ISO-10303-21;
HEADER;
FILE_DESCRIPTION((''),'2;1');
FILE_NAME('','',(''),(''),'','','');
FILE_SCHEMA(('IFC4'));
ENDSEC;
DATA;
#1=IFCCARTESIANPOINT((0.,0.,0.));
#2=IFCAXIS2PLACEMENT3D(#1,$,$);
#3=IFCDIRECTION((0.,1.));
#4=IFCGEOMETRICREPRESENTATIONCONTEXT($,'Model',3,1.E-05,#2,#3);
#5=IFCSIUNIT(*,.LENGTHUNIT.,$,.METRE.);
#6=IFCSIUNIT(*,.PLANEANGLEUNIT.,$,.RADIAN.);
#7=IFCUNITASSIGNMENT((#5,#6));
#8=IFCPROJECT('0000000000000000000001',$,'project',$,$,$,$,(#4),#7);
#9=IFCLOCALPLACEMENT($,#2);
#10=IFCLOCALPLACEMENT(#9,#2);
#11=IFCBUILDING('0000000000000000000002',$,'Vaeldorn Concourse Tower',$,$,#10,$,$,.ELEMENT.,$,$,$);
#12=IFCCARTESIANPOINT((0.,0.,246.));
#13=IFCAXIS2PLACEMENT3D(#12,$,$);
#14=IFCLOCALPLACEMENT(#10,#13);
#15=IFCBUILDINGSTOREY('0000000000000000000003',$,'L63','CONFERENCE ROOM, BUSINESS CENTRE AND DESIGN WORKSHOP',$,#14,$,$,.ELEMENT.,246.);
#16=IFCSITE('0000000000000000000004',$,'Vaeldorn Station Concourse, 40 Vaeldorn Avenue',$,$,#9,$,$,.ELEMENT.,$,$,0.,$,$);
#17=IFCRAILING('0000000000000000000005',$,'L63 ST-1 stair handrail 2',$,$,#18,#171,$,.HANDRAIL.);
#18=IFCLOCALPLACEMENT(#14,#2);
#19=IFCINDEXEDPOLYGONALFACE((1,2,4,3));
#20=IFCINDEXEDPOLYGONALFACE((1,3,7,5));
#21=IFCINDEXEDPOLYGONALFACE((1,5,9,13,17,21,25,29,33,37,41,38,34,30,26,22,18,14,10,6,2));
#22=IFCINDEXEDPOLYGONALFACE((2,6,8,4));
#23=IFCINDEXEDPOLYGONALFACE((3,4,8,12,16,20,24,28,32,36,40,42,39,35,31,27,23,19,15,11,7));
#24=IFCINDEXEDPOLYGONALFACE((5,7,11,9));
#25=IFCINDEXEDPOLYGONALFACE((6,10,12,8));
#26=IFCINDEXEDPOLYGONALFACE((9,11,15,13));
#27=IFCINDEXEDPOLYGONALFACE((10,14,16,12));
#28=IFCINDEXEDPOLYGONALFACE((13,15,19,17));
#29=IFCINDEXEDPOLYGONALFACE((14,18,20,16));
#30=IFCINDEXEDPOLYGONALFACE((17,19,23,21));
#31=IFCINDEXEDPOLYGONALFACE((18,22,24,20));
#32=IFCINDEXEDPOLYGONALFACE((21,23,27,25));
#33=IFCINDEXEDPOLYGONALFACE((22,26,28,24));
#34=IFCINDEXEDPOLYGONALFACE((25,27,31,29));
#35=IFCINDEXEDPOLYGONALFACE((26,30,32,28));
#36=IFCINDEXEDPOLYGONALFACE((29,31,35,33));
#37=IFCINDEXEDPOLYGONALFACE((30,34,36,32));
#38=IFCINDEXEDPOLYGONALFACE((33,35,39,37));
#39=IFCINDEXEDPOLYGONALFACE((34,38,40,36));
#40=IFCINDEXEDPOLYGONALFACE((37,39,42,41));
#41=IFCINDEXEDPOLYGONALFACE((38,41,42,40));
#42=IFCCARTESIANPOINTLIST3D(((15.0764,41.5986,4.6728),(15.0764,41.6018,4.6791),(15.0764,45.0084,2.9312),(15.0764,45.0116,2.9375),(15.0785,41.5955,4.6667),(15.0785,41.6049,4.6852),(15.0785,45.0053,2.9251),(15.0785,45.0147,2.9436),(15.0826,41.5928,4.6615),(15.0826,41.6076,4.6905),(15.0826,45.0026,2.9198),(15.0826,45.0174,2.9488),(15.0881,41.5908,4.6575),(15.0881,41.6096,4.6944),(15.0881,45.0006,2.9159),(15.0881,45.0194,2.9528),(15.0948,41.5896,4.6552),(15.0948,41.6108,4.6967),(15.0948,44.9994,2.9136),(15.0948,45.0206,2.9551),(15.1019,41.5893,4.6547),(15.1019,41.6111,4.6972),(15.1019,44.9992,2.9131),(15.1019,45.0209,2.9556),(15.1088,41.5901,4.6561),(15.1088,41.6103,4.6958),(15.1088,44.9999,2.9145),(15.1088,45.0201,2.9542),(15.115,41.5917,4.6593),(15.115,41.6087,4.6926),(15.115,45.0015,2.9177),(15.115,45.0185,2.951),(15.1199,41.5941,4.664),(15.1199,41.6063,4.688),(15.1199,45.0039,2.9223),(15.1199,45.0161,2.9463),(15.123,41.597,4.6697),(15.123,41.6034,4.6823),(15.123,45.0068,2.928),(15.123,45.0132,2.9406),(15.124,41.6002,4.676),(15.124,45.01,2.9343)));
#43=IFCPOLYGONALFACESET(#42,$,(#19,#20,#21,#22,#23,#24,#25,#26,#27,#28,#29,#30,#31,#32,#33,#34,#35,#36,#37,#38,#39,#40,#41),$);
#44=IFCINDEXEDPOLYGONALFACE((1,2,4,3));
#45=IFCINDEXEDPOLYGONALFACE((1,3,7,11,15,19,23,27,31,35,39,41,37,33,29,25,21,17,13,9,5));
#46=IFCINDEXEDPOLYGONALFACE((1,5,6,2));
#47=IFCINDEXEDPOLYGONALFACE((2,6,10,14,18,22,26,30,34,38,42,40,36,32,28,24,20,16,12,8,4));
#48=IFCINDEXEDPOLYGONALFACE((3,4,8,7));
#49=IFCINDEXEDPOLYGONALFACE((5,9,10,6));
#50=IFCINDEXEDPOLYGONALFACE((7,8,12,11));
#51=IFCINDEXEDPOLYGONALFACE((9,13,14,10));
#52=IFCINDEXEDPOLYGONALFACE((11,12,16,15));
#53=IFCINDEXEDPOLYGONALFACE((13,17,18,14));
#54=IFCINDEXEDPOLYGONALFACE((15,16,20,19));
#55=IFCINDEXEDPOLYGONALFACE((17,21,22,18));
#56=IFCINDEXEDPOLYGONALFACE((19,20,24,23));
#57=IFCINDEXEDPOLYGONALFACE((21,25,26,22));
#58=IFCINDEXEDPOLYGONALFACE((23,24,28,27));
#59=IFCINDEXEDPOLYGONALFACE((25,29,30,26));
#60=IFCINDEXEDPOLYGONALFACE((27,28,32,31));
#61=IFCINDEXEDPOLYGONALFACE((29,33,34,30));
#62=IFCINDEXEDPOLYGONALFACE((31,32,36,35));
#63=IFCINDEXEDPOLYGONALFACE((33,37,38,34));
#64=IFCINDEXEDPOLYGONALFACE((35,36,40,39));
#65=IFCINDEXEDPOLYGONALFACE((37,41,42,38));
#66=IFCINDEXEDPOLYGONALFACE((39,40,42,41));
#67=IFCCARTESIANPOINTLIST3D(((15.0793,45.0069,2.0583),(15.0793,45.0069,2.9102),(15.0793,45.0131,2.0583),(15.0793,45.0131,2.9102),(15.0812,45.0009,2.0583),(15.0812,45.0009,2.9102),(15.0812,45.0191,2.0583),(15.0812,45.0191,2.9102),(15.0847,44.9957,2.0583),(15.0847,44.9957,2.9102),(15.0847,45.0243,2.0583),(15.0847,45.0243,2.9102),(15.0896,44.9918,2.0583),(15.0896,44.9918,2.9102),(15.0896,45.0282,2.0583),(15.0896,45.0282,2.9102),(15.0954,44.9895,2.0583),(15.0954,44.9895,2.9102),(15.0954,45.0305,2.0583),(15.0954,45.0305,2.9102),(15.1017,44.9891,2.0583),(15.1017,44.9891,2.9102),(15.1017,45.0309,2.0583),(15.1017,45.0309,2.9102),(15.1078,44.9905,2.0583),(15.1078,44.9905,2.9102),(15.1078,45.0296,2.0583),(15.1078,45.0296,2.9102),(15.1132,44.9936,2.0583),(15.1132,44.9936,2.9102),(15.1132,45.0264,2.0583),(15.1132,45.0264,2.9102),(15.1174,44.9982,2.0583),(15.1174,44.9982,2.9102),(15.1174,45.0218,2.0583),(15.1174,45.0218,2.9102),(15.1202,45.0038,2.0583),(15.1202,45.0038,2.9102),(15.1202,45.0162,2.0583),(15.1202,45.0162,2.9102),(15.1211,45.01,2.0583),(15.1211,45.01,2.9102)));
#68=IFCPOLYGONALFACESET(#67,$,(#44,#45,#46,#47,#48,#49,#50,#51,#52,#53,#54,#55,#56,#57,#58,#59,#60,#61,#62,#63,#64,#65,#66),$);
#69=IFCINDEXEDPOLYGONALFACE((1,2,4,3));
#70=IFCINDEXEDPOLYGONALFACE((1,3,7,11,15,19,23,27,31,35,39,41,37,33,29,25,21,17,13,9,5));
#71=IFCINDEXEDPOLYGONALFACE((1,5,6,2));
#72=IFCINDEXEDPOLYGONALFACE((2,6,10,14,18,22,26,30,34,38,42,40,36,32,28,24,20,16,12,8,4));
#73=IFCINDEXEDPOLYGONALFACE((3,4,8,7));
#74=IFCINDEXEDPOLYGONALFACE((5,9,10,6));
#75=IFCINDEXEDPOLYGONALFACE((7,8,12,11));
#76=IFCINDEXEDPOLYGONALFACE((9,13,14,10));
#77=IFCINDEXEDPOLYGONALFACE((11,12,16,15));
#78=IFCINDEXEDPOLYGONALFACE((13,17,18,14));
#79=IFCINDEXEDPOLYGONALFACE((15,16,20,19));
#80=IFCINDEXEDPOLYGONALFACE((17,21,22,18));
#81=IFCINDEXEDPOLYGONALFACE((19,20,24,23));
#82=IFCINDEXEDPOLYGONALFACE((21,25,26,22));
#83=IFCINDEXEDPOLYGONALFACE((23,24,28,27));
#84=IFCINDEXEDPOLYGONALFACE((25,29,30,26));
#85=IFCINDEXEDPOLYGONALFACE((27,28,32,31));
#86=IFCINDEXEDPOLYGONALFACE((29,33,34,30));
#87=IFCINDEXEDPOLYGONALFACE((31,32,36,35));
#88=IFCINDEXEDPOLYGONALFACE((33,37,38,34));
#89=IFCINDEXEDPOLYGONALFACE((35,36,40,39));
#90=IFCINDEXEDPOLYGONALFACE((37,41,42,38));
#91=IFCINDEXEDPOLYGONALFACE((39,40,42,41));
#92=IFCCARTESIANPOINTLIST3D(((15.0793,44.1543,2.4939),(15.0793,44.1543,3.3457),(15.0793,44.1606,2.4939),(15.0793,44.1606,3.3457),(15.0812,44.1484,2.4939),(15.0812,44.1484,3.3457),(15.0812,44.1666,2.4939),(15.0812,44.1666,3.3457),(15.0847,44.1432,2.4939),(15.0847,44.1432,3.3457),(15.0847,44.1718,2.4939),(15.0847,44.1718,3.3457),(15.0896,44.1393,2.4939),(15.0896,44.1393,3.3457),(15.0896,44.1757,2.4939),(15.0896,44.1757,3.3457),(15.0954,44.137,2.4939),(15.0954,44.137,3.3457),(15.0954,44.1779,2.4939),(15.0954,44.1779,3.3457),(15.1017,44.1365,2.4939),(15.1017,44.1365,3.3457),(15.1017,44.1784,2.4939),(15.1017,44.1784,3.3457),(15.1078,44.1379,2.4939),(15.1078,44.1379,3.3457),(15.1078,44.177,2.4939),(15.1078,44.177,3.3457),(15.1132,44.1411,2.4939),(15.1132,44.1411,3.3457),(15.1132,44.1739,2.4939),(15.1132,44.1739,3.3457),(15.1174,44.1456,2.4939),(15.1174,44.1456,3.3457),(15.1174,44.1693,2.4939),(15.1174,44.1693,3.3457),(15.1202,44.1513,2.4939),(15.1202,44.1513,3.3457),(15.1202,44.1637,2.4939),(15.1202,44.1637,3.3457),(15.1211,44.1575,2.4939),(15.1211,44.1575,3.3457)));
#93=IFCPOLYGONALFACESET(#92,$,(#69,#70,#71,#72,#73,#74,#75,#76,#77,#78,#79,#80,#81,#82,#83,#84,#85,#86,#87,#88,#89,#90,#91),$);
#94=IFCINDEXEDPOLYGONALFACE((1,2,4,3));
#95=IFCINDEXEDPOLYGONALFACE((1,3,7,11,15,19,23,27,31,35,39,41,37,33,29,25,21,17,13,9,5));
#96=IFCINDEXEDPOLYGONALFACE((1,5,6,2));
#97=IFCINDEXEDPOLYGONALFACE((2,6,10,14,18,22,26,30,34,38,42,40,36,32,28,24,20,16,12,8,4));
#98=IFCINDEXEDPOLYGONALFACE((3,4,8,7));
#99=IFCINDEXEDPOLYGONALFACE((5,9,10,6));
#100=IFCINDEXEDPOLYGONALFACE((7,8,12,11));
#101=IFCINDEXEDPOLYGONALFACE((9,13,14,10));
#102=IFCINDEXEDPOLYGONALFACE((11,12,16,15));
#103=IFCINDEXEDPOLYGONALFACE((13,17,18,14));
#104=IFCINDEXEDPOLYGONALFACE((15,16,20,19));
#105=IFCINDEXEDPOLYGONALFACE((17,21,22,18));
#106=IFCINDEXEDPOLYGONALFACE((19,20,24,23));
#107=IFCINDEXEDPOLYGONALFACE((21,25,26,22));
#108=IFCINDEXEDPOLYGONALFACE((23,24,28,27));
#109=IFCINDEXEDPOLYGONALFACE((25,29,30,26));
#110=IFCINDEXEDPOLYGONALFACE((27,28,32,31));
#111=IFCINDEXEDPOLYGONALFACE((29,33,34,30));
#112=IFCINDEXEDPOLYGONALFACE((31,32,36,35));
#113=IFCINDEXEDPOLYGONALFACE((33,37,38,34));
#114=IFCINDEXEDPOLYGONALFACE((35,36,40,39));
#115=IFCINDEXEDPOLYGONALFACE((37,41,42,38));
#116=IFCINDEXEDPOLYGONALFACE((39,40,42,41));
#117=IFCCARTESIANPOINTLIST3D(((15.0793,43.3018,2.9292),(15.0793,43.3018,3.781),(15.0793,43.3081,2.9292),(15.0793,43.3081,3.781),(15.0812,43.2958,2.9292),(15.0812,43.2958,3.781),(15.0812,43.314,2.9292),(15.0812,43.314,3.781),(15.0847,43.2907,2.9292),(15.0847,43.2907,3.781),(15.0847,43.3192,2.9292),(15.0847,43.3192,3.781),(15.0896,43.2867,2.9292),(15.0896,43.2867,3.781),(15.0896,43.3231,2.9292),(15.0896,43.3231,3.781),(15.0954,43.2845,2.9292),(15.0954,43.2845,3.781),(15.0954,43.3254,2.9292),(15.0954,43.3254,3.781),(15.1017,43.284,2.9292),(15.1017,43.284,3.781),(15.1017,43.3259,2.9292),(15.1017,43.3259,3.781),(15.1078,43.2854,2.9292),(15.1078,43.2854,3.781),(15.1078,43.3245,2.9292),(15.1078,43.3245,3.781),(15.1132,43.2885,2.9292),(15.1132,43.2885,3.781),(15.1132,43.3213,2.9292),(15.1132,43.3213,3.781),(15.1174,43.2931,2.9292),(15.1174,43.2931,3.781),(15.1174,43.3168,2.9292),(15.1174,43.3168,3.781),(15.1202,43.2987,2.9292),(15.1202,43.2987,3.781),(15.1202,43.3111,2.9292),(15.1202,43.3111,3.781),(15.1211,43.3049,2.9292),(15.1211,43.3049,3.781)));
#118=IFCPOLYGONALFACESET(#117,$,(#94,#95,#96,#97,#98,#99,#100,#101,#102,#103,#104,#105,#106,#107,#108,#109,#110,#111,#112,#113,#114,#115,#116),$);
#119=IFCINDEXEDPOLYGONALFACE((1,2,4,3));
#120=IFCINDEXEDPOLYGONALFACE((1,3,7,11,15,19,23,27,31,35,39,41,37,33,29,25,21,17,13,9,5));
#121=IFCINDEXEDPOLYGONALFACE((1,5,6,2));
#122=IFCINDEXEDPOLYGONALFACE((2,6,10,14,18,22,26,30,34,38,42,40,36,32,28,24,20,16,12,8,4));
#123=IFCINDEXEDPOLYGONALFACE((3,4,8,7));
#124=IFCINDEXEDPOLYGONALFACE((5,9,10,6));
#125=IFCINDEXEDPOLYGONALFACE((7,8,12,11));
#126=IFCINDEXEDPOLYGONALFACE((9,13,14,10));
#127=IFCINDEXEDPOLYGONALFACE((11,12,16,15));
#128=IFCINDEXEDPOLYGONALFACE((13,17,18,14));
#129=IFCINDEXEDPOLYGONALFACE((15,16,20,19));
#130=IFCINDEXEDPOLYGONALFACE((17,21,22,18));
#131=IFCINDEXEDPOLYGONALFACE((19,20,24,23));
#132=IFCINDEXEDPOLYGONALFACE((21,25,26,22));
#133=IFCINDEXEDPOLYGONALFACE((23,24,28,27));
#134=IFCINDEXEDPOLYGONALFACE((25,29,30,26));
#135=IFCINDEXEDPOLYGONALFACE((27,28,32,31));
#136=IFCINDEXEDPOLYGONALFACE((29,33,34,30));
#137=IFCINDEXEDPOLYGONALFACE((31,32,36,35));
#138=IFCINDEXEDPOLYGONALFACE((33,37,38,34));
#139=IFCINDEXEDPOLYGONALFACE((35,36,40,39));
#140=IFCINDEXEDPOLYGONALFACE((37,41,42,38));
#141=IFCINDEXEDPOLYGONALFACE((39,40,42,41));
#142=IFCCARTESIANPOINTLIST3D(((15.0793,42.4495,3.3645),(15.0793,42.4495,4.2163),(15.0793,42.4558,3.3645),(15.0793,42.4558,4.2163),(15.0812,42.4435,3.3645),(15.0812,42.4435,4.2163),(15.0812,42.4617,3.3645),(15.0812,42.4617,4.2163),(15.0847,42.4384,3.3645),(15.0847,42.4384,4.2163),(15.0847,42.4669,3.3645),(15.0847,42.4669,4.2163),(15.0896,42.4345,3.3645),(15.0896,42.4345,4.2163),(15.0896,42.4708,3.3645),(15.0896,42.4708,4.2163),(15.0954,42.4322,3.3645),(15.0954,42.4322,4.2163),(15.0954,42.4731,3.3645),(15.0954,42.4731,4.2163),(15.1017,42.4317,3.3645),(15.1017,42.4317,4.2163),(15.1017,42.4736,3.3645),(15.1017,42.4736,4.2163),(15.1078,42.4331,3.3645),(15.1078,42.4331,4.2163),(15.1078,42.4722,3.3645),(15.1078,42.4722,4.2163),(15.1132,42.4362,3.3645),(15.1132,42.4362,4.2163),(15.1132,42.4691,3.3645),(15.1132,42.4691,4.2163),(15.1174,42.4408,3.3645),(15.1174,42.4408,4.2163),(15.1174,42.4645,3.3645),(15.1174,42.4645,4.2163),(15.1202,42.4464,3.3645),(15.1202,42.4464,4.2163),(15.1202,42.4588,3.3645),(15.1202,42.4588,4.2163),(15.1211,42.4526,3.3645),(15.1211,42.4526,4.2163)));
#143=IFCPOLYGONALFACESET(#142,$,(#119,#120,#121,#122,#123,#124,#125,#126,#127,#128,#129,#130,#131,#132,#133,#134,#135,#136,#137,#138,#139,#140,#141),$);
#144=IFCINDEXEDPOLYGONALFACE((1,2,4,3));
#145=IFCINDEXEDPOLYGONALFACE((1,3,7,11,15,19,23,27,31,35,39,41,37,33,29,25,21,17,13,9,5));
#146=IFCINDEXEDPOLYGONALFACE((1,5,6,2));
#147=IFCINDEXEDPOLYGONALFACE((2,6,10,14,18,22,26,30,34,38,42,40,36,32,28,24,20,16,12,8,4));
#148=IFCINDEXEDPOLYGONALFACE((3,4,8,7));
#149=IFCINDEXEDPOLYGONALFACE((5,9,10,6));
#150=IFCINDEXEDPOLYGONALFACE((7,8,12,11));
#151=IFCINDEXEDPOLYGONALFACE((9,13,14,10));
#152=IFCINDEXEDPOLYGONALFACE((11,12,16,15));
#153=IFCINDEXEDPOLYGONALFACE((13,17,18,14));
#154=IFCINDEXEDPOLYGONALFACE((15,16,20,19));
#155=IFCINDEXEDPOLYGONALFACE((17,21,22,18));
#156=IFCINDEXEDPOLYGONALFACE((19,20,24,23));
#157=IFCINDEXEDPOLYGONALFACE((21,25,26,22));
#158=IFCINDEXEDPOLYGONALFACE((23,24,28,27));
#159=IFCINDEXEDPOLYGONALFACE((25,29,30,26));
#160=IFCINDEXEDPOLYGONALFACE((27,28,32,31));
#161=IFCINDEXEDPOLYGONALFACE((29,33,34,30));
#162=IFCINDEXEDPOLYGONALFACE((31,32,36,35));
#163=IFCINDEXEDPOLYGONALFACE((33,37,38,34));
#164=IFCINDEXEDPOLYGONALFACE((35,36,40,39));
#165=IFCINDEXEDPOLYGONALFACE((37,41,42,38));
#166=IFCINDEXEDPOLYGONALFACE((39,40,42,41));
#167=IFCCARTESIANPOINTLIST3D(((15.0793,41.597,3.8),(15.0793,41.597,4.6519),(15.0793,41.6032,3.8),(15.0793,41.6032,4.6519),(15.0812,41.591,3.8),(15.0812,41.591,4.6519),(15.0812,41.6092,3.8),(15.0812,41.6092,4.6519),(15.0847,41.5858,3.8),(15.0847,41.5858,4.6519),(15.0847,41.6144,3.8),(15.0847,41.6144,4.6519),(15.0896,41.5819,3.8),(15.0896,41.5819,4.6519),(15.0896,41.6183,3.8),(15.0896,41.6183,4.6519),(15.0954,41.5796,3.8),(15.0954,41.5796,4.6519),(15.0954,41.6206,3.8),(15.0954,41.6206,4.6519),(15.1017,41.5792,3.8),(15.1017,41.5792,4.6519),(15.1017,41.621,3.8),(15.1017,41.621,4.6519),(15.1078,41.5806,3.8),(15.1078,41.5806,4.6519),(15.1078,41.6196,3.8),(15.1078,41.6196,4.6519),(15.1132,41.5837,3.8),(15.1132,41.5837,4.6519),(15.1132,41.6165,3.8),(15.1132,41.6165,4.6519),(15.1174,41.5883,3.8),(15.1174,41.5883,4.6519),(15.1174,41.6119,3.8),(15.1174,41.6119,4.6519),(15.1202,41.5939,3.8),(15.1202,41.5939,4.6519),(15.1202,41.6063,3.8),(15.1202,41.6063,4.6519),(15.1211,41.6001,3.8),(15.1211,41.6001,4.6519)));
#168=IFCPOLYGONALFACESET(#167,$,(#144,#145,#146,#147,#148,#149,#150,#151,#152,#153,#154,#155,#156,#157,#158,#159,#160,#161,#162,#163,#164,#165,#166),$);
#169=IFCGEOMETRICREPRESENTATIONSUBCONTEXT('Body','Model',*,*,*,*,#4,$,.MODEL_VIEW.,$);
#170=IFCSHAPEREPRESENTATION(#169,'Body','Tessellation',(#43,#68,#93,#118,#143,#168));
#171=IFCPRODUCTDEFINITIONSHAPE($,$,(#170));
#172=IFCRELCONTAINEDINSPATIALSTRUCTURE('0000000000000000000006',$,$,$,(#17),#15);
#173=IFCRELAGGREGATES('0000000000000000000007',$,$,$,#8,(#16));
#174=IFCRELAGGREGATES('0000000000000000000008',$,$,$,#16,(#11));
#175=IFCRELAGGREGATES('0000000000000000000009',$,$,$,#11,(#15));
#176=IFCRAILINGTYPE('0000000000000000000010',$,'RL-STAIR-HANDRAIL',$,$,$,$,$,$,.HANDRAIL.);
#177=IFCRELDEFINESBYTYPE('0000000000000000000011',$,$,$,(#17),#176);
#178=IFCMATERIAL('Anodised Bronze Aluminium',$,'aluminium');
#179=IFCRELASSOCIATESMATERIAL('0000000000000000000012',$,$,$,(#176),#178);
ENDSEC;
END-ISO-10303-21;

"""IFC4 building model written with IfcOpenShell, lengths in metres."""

from ifc_helpers import new_model, si_unit, direction, frame, origin, origin_2d, place, context, subcontext, project, spatial, circle, extrude, material, type_object, element, save


model = new_model("IFC4")

# Units and contexts
model_context = context("Model", 3, precision=1e-05, world=origin(), true_north=direction((0.0, 1.0)))
body_context = subcontext(model_context, "Body", "Model", "MODEL_VIEW")
ifc_project = project(units=[si_unit("LENGTHUNIT", "METRE"), si_unit("PLANEANGLEUNIT", "RADIAN")], contexts=[model_context])

# Site, building, storey
site_placement = place(None, origin())
site = spatial("IfcSite", under=ifc_project, at=site_placement, Name="Vaeldorn Station Concourse, 40 Vaeldorn Avenue", CompositionType="ELEMENT", RefElevation=0.0)
building_placement = place(site_placement, origin())
building = spatial("IfcBuilding", under=site, at=building_placement, Name="Vaeldorn Concourse Tower", CompositionType="ELEMENT")
storey_placement = place(building_placement, frame((0.0, 0.0, 246.0)))
storey = spatial("IfcBuildingStorey", under=building, at=storey_placement, Name="L63", Description="CONFERENCE ROOM, BUSINESS CENTRE AND DESIGN WORKSHOP", CompositionType="ELEMENT", Elevation=246.0)

# Shared definitions
ifc_material_1 = material(Name="Anodised Bronze Aluminium", Category="aluminium")

# Railing
railing_type_1 = type_object("IfcRailingType", Name="RL-STAIR-HANDRAIL", PredefinedType="HANDRAIL", material=ifc_material_1)
railing_1_placement = place(storey_placement, frame((15.1001, 45.01, 2.0583)))
element("IfcRailing", 1, at=railing_1_placement, inside=storey, type_object=railing_type_1, Name="L63 ST-1 stair handrail 2", PredefinedType="HANDRAIL", context=body_context, shape_type="SweptSolid", body=[
    extrude(circle(Radius=0.0239, at=origin_2d()), frame((0.0, 0.0, 0.876), z_axis=(0.0, -0.890556, 0.454874), x_axis=(1.0, 0.0, 0.0)), (0.0, 0.0, 1.0), 3.8289),
    extrude(circle(Radius=0.021, at=origin_2d()), origin(), (0.0, 0.0, 1.0), 0.8518),
    extrude(circle(Radius=0.021, at=origin_2d()), frame((0.0, -0.8525, 0.4355)), (0.0, 0.0, 1.0), 0.8518),
    extrude(circle(Radius=0.021, at=origin_2d()), frame((0.0, -1.7051, 0.8708)), (0.0, 0.0, 1.0), 0.8518),
    extrude(circle(Radius=0.021, at=origin_2d()), frame((0.0, -2.5574, 1.3062)), (0.0, 0.0, 1.0), 0.8518),
    extrude(circle(Radius=0.021, at=origin_2d()), frame((0.0, -3.4099, 1.7417)), (0.0, 0.0, 1.0), 0.8518),
])

save(model, "model.ifc")
